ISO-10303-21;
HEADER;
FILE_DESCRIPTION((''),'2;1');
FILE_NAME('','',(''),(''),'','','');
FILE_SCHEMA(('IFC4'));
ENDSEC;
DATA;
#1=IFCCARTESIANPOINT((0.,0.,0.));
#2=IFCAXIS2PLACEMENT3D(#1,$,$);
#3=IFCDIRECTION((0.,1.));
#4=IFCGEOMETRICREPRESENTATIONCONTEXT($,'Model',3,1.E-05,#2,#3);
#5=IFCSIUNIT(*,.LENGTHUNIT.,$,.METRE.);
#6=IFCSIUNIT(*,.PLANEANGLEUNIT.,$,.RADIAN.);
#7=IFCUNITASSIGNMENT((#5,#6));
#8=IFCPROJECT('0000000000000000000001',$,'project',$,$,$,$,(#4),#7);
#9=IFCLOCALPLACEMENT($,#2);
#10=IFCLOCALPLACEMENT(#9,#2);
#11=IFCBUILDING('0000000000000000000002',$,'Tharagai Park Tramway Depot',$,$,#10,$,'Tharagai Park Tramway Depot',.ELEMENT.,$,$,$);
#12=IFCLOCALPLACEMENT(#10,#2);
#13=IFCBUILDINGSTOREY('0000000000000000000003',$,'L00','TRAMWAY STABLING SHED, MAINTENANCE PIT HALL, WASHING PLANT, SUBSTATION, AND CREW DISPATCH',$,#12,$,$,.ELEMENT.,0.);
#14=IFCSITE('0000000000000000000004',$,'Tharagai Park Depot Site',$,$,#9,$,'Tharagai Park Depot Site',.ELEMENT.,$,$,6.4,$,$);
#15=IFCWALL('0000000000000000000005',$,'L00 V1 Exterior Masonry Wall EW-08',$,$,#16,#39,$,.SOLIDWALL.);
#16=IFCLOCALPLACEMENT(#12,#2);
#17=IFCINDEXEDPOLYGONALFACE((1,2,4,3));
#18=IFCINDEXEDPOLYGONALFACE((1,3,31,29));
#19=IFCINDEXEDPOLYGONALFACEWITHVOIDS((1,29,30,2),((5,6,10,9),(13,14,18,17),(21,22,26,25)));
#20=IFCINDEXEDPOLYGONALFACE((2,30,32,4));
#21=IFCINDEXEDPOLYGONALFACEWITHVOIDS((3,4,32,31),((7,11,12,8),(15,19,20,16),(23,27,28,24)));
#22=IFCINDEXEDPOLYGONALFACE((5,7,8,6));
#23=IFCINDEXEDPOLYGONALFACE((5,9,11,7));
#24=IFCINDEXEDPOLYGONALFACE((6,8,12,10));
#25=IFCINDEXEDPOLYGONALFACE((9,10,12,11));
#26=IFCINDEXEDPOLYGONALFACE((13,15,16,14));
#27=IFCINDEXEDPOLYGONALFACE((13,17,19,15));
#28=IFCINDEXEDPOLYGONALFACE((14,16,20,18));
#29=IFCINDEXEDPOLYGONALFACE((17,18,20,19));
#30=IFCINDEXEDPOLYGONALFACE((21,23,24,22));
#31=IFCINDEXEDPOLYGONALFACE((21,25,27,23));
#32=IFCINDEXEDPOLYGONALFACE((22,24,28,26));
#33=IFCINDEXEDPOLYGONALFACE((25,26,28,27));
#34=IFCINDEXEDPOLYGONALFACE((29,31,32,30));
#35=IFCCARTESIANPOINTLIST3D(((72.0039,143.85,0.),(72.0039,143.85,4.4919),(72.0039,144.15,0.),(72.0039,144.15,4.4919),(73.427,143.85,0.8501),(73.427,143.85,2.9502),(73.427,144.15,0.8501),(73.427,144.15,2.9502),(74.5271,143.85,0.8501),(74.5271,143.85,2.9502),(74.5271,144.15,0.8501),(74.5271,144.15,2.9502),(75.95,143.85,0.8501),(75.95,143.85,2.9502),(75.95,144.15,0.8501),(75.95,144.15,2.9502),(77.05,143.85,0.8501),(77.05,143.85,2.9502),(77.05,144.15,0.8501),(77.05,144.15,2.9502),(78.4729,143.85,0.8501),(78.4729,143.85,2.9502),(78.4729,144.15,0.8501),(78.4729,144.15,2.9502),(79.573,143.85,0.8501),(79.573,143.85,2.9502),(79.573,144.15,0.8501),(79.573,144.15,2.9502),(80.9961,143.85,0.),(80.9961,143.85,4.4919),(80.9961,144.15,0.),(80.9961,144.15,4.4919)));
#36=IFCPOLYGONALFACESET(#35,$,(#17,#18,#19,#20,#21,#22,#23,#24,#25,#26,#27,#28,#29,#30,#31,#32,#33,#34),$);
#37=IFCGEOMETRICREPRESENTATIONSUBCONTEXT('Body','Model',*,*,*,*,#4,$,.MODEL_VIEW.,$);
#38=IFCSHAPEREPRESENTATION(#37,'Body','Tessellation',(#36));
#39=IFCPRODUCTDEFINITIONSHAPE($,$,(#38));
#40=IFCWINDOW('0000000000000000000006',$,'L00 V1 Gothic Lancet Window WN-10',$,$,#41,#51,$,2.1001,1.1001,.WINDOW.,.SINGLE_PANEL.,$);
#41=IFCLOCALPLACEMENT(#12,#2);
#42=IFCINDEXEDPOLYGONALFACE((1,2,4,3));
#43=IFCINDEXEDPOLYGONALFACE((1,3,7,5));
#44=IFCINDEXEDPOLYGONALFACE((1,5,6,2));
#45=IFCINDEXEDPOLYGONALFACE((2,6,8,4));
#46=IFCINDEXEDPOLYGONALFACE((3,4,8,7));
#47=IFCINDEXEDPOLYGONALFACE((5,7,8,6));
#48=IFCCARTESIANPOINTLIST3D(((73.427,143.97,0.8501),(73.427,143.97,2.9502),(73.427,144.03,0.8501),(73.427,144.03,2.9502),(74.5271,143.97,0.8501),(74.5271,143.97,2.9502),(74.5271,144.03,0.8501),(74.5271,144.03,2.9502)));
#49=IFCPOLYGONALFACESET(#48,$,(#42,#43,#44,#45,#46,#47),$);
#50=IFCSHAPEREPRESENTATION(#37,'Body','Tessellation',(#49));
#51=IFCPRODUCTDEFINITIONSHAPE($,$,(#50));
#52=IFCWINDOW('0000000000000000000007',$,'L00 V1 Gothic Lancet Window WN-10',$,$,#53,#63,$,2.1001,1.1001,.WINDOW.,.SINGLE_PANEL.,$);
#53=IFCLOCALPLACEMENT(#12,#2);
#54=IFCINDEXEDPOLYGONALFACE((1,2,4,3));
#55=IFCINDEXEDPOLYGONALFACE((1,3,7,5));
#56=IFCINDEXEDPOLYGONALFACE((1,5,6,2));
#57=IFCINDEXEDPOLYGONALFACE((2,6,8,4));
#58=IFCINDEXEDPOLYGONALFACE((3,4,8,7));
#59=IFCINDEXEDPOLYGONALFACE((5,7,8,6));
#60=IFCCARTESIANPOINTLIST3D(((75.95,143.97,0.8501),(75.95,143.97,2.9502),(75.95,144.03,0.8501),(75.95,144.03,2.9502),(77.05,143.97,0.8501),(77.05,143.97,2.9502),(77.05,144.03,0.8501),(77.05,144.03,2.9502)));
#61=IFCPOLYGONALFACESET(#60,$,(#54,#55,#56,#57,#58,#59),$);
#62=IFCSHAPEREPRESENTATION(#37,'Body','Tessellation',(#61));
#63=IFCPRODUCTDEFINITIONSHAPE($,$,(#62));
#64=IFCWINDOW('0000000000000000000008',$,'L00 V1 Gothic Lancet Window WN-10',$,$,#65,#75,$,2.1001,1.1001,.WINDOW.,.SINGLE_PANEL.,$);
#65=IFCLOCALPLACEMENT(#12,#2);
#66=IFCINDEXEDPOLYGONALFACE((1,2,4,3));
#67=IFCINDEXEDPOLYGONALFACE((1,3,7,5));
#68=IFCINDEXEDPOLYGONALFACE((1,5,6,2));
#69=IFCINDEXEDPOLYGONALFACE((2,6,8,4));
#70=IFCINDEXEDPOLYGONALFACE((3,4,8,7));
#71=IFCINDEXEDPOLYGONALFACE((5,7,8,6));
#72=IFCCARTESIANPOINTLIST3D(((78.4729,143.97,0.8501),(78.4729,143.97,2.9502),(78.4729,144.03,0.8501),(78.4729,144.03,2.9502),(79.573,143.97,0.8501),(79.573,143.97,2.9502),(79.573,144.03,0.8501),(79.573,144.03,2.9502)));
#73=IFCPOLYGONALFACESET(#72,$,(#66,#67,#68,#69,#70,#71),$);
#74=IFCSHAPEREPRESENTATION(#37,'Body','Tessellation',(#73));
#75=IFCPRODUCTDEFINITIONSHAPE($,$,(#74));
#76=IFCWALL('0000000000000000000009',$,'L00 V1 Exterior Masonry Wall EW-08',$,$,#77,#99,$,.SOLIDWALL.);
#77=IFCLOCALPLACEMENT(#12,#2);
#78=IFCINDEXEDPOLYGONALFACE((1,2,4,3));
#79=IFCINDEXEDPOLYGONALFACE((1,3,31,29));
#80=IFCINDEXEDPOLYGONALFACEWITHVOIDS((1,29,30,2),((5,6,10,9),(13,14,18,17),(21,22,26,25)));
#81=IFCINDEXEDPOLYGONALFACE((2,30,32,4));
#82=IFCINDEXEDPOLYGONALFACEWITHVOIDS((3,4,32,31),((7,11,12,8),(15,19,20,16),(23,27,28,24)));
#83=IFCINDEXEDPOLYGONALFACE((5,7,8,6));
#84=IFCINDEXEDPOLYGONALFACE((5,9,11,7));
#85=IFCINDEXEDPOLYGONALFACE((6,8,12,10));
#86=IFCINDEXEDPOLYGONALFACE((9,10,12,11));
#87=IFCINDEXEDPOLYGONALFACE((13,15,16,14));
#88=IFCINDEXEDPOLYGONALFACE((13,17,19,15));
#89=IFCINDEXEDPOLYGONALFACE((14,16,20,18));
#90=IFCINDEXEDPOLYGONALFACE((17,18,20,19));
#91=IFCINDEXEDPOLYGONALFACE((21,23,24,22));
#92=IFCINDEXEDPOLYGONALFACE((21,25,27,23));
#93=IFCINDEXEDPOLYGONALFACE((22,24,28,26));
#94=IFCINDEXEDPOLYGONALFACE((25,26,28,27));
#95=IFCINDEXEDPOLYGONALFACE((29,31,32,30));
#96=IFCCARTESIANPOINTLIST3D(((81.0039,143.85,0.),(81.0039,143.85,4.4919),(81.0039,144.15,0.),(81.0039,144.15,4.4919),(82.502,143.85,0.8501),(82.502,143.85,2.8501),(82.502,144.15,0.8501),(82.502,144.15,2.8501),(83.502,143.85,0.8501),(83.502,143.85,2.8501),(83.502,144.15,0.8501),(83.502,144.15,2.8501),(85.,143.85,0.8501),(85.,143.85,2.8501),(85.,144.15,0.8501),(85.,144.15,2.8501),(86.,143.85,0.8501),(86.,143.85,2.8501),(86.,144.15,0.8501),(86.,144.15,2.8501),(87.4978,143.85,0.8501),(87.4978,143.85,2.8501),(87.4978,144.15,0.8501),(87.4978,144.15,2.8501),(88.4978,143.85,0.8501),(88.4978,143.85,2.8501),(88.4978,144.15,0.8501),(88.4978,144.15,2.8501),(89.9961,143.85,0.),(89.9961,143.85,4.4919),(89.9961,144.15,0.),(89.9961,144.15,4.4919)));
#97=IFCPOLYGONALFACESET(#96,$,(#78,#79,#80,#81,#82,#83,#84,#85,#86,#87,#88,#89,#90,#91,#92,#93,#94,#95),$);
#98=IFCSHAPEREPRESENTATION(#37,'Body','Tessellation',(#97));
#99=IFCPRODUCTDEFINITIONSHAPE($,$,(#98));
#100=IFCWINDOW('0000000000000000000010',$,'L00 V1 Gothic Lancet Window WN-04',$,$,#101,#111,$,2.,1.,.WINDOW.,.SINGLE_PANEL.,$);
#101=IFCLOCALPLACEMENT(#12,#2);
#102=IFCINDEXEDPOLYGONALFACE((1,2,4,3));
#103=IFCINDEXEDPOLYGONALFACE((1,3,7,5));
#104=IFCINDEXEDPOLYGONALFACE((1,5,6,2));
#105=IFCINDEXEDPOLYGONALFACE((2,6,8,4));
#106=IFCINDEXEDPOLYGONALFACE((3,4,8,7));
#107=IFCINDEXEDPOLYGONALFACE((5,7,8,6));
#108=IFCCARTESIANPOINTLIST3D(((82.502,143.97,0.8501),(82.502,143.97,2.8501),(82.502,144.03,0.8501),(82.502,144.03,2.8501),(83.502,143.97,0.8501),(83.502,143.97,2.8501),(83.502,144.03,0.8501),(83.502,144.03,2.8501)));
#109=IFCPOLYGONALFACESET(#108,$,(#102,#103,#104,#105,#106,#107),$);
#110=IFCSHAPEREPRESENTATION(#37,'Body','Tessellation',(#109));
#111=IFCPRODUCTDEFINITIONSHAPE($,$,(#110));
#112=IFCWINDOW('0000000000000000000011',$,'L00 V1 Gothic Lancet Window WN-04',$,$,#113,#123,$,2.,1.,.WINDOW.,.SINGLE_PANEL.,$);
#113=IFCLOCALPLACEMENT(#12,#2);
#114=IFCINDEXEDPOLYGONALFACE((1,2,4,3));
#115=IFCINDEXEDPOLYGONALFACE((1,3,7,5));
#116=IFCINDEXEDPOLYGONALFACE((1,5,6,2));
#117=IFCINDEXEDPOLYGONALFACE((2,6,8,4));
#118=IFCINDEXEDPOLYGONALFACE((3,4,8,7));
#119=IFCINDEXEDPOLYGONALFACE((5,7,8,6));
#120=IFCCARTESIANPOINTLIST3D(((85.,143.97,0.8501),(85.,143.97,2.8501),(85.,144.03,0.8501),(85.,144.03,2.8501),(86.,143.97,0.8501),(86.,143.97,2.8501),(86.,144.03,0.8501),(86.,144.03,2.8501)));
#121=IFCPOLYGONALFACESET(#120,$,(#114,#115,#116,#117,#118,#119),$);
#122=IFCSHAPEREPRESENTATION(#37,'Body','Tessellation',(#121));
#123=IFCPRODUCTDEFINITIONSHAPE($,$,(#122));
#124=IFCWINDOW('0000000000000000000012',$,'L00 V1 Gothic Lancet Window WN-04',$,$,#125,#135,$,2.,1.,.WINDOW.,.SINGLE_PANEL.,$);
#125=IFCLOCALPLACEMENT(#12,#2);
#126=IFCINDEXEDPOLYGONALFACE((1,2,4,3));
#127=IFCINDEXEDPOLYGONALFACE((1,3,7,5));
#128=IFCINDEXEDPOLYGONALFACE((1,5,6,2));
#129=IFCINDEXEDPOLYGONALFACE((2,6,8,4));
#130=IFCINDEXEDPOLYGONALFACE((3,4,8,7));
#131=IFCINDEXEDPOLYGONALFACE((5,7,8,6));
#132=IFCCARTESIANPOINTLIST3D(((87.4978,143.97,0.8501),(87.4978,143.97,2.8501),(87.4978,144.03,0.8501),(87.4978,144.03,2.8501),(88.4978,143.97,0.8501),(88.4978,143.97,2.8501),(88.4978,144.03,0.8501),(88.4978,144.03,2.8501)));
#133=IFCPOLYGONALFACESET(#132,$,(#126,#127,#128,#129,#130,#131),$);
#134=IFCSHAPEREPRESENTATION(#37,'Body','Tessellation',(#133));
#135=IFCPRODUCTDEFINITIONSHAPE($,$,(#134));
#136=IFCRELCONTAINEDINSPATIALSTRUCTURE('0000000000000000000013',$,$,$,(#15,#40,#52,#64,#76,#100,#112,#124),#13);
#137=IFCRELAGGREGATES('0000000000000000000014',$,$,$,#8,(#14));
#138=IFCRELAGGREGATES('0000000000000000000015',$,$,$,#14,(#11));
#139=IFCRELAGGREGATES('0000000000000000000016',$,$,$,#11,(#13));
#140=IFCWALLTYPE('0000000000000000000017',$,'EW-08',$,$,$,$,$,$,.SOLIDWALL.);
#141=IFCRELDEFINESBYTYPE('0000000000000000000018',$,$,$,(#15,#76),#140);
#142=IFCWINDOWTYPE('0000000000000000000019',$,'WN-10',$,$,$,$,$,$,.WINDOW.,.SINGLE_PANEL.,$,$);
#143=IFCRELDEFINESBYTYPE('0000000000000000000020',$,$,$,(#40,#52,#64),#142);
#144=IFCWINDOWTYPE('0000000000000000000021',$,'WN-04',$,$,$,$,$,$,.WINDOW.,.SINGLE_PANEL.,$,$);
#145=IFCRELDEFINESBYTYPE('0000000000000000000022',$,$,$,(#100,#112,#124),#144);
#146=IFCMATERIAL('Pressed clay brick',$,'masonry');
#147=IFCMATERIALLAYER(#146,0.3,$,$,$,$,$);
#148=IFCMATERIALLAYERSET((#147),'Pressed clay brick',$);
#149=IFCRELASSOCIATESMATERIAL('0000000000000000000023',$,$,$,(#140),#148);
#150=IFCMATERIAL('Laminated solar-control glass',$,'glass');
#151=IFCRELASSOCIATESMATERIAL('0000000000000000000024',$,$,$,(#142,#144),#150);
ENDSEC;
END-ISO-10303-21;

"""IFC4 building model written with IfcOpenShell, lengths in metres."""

from ifc_helpers import new_model, si_unit, direction, frame, frame_2d, origin, place, context, subcontext, project, spatial, rectangle, extrude, material, layer, layer_set, type_object, element, fill, save


model = new_model("IFC4")

# Units and contexts
model_context = context("Model", 3, precision=1e-05, world=origin(), true_north=direction((0.0, 1.0)))
body_context = subcontext(model_context, "Body", "Model", "MODEL_VIEW")
ifc_project = project(units=[si_unit("LENGTHUNIT", "METRE"), si_unit("PLANEANGLEUNIT", "RADIAN")], contexts=[model_context])

# Site, building, storey
site_placement = place(None, origin())
site = spatial("IfcSite", under=ifc_project, at=site_placement, Name="Tharagai Park Depot Site", LongName="Tharagai Park Depot Site", CompositionType="ELEMENT", RefElevation=6.4)
building_placement = place(site_placement, origin())
building = spatial("IfcBuilding", under=site, at=building_placement, Name="Tharagai Park Tramway Depot", LongName="Tharagai Park Tramway Depot", CompositionType="ELEMENT")
storey_placement = place(building_placement, origin())
storey = spatial("IfcBuildingStorey", under=building, at=storey_placement, Name="L00", Description="TRAMWAY STABLING SHED, MAINTENANCE PIT HALL, WASHING PLANT, SUBSTATION, AND CREW DISPATCH", CompositionType="ELEMENT", Elevation=0.0)

# Walls, openings, windows
ifc_material_1 = material(Name="Pressed clay brick", Category="masonry")
ifc_layer = layer(ifc_material_1, 0.3)
ifc_layer_set = layer_set([ifc_layer], Name="Pressed clay brick")
wall_type = type_object("IfcWallType", Name="EW-08", PredefinedType="SOLIDWALL", material=ifc_layer_set)
wall_1_placement = place(storey_placement, frame((72.0039, 144.0, 0.0), z_axis=(0.0, 0.0, 1.0), x_axis=(1.0, 0.0, 0.0)))
wall_1 = element("IfcWall", 1, at=wall_1_placement, inside=storey, type_object=wall_type, Name="L00 V1 Exterior Masonry Wall EW-08", PredefinedType="SOLIDWALL", context=body_context, shape_type="SweptSolid", body=[
    extrude(rectangle(XDim=8.9922, YDim=0.3, at=frame_2d((4.4961, 0.0))), origin(), (0.0, 0.0, 1.0), 4.4919),
])
opening_1_placement = place(wall_1_placement, frame((1.4231, 0.0, 0.8501)))
opening_1 = element("IfcOpeningElement", 2, at=opening_1_placement, cuts=wall_1, PredefinedType="OPENING", context=body_context, shape_type="SweptSolid", body=[
    extrude(rectangle(XDim=1.1001, YDim=2.1001, at=frame_2d((0.55, 1.05))), frame((0.0, 0.1599, 0.0), z_axis=(0.0, -1.0, 0.0), x_axis=(1.0, 0.0, 0.0)), (0.0, 0.0, 1.0), 0.3201),
])
opening_2_placement = place(wall_1_placement, frame((3.946, 0.0, 0.8501)))
opening_2 = element("IfcOpeningElement", 3, at=opening_2_placement, cuts=wall_1, PredefinedType="OPENING", context=body_context, shape_type="SweptSolid", body=[
    extrude(rectangle(XDim=1.1001, YDim=2.1001, at=frame_2d((0.55, 1.05))), frame((0.0, 0.1599, 0.0), z_axis=(0.0, -1.0, 0.0), x_axis=(1.0, 0.0, 0.0)), (0.0, 0.0, 1.0), 0.3201),
])
opening_3_placement = place(wall_1_placement, frame((6.469, 0.0, 0.8501)))
opening_3 = element("IfcOpeningElement", 4, at=opening_3_placement, cuts=wall_1, PredefinedType="OPENING", context=body_context, shape_type="SweptSolid", body=[
    extrude(rectangle(XDim=1.1001, YDim=2.1001, at=frame_2d((0.55, 1.05))), frame((0.0, 0.1599, 0.0), z_axis=(0.0, -1.0, 0.0), x_axis=(1.0, 0.0, 0.0)), (0.0, 0.0, 1.0), 0.3201),
])
ifc_material_2 = material(Name="Laminated solar-control glass", Category="glass")
window_type_1 = type_object("IfcWindowType", Name="WN-10", PartitioningType="SINGLE_PANEL", PredefinedType="WINDOW", material=ifc_material_2)
window_1_placement = place(opening_1_placement, origin())
window_1 = element("IfcWindow", 5, at=window_1_placement, inside=storey, type_object=window_type_1, Name="L00 V1 Gothic Lancet Window WN-10", OverallHeight=2.1001, OverallWidth=1.1001, PartitioningType="SINGLE_PANEL", PredefinedType="WINDOW", context=body_context, shape_type="SweptSolid", body=[
    extrude(rectangle(XDim=1.1001, YDim=2.1001, at=frame_2d((0.55, 1.05))), frame((0.0, 0.03, 0.0), z_axis=(0.0, -1.0, 0.0), x_axis=(1.0, 0.0, 0.0)), (0.0, 0.0, 1.0), 0.0601),
])
fill(opening_1, window_1)
window_2_placement = place(opening_2_placement, origin())
window_2 = element("IfcWindow", 6, at=window_2_placement, inside=storey, type_object=window_type_1, Name="L00 V1 Gothic Lancet Window WN-10", OverallHeight=2.1001, OverallWidth=1.1001, PartitioningType="SINGLE_PANEL", PredefinedType="WINDOW", context=body_context, shape_type="SweptSolid", body=[
    extrude(rectangle(XDim=1.1001, YDim=2.1001, at=frame_2d((0.55, 1.05))), frame((0.0, 0.03, 0.0), z_axis=(0.0, -1.0, 0.0), x_axis=(1.0, 0.0, 0.0)), (0.0, 0.0, 1.0), 0.0601),
])
fill(opening_2, window_2)
window_3_placement = place(opening_3_placement, origin())
window_3 = element("IfcWindow", 7, at=window_3_placement, inside=storey, type_object=window_type_1, Name="L00 V1 Gothic Lancet Window WN-10", OverallHeight=2.1001, OverallWidth=1.1001, PartitioningType="SINGLE_PANEL", PredefinedType="WINDOW", context=body_context, shape_type="SweptSolid", body=[
    extrude(rectangle(XDim=1.1001, YDim=2.1001, at=frame_2d((0.55, 1.05))), frame((0.0, 0.03, 0.0), z_axis=(0.0, -1.0, 0.0), x_axis=(1.0, 0.0, 0.0)), (0.0, 0.0, 1.0), 0.0601),
])
fill(opening_3, window_3)
wall_2_placement = place(storey_placement, frame((81.0039, 144.0, 0.0), z_axis=(0.0, 0.0, 1.0), x_axis=(1.0, 0.0, 0.0)))
wall_2 = element("IfcWall", 8, at=wall_2_placement, inside=storey, type_object=wall_type, Name="L00 V1 Exterior Masonry Wall EW-08", PredefinedType="SOLIDWALL", context=body_context, shape_type="SweptSolid", body=[
    extrude(rectangle(XDim=8.9922, YDim=0.3, at=frame_2d((4.4961, 0.0))), origin(), (0.0, 0.0, 1.0), 4.4919),
])
opening_4_placement = place(wall_2_placement, frame((1.498, 0.0, 0.8501)))
opening_4 = element("IfcOpeningElement", 9, at=opening_4_placement, cuts=wall_2, PredefinedType="OPENING", context=body_context, shape_type="SweptSolid", body=[
    extrude(rectangle(XDim=1.0, YDim=2.0, at=frame_2d((0.5, 1.0))), frame((0.0, 0.1599, 0.0), z_axis=(0.0, -1.0, 0.0), x_axis=(1.0, 0.0, 0.0)), (0.0, 0.0, 1.0), 0.3201),
])
opening_5_placement = place(wall_2_placement, frame((3.9961, 0.0, 0.8501)))
opening_5 = element("IfcOpeningElement", 10, at=opening_5_placement, cuts=wall_2, PredefinedType="OPENING", context=body_context, shape_type="SweptSolid", body=[
    extrude(rectangle(XDim=1.0, YDim=2.0, at=frame_2d((0.5, 1.0))), frame((0.0, 0.1599, 0.0), z_axis=(0.0, -1.0, 0.0), x_axis=(1.0, 0.0, 0.0)), (0.0, 0.0, 1.0), 0.3201),
])
opening_6_placement = place(wall_2_placement, frame((6.4939, 0.0, 0.8501)))
opening_6 = element("IfcOpeningElement", 11, at=opening_6_placement, cuts=wall_2, PredefinedType="OPENING", context=body_context, shape_type="SweptSolid", body=[
    extrude(rectangle(XDim=1.0, YDim=2.0, at=frame_2d((0.5, 1.0))), frame((0.0, 0.1599, 0.0), z_axis=(0.0, -1.0, 0.0), x_axis=(1.0, 0.0, 0.0)), (0.0, 0.0, 1.0), 0.3201),
])
window_type_2 = type_object("IfcWindowType", Name="WN-04", PartitioningType="SINGLE_PANEL", PredefinedType="WINDOW", material=ifc_material_2)
window_4_placement = place(opening_4_placement, origin())
window_4 = element("IfcWindow", 12, at=window_4_placement, inside=storey, type_object=window_type_2, Name="L00 V1 Gothic Lancet Window WN-04", OverallHeight=2.0, OverallWidth=1.0, PartitioningType="SINGLE_PANEL", PredefinedType="WINDOW", context=body_context, shape_type="SweptSolid", body=[
    extrude(rectangle(XDim=1.0, YDim=2.0, at=frame_2d((0.5, 1.0))), frame((0.0, 0.03, 0.0), z_axis=(0.0, -1.0, 0.0), x_axis=(1.0, 0.0, 0.0)), (0.0, 0.0, 1.0), 0.0601),
])
fill(opening_4, window_4)
window_5_placement = place(opening_5_placement, origin())
window_5 = element("IfcWindow", 13, at=window_5_placement, inside=storey, type_object=window_type_2, Name="L00 V1 Gothic Lancet Window WN-04", OverallHeight=2.0, OverallWidth=1.0, PartitioningType="SINGLE_PANEL", PredefinedType="WINDOW", context=body_context, shape_type="SweptSolid", body=[
    extrude(rectangle(XDim=1.0, YDim=2.0, at=frame_2d((0.5, 1.0))), frame((0.0, 0.03, 0.0), z_axis=(0.0, -1.0, 0.0), x_axis=(1.0, 0.0, 0.0)), (0.0, 0.0, 1.0), 0.0601),
])
fill(opening_5, window_5)
window_6_placement = place(opening_6_placement, origin())
window_6 = element("IfcWindow", 14, at=window_6_placement, inside=storey, type_object=window_type_2, Name="L00 V1 Gothic Lancet Window WN-04", OverallHeight=2.0, OverallWidth=1.0, PartitioningType="SINGLE_PANEL", PredefinedType="WINDOW", context=body_context, shape_type="SweptSolid", body=[
    extrude(rectangle(XDim=1.0, YDim=2.0, at=frame_2d((0.5, 1.0))), frame((0.0, 0.03, 0.0), z_axis=(0.0, -1.0, 0.0), x_axis=(1.0, 0.0, 0.0)), (0.0, 0.0, 1.0), 0.0601),
])
fill(opening_6, window_6)

save(model, "model.ifc")
